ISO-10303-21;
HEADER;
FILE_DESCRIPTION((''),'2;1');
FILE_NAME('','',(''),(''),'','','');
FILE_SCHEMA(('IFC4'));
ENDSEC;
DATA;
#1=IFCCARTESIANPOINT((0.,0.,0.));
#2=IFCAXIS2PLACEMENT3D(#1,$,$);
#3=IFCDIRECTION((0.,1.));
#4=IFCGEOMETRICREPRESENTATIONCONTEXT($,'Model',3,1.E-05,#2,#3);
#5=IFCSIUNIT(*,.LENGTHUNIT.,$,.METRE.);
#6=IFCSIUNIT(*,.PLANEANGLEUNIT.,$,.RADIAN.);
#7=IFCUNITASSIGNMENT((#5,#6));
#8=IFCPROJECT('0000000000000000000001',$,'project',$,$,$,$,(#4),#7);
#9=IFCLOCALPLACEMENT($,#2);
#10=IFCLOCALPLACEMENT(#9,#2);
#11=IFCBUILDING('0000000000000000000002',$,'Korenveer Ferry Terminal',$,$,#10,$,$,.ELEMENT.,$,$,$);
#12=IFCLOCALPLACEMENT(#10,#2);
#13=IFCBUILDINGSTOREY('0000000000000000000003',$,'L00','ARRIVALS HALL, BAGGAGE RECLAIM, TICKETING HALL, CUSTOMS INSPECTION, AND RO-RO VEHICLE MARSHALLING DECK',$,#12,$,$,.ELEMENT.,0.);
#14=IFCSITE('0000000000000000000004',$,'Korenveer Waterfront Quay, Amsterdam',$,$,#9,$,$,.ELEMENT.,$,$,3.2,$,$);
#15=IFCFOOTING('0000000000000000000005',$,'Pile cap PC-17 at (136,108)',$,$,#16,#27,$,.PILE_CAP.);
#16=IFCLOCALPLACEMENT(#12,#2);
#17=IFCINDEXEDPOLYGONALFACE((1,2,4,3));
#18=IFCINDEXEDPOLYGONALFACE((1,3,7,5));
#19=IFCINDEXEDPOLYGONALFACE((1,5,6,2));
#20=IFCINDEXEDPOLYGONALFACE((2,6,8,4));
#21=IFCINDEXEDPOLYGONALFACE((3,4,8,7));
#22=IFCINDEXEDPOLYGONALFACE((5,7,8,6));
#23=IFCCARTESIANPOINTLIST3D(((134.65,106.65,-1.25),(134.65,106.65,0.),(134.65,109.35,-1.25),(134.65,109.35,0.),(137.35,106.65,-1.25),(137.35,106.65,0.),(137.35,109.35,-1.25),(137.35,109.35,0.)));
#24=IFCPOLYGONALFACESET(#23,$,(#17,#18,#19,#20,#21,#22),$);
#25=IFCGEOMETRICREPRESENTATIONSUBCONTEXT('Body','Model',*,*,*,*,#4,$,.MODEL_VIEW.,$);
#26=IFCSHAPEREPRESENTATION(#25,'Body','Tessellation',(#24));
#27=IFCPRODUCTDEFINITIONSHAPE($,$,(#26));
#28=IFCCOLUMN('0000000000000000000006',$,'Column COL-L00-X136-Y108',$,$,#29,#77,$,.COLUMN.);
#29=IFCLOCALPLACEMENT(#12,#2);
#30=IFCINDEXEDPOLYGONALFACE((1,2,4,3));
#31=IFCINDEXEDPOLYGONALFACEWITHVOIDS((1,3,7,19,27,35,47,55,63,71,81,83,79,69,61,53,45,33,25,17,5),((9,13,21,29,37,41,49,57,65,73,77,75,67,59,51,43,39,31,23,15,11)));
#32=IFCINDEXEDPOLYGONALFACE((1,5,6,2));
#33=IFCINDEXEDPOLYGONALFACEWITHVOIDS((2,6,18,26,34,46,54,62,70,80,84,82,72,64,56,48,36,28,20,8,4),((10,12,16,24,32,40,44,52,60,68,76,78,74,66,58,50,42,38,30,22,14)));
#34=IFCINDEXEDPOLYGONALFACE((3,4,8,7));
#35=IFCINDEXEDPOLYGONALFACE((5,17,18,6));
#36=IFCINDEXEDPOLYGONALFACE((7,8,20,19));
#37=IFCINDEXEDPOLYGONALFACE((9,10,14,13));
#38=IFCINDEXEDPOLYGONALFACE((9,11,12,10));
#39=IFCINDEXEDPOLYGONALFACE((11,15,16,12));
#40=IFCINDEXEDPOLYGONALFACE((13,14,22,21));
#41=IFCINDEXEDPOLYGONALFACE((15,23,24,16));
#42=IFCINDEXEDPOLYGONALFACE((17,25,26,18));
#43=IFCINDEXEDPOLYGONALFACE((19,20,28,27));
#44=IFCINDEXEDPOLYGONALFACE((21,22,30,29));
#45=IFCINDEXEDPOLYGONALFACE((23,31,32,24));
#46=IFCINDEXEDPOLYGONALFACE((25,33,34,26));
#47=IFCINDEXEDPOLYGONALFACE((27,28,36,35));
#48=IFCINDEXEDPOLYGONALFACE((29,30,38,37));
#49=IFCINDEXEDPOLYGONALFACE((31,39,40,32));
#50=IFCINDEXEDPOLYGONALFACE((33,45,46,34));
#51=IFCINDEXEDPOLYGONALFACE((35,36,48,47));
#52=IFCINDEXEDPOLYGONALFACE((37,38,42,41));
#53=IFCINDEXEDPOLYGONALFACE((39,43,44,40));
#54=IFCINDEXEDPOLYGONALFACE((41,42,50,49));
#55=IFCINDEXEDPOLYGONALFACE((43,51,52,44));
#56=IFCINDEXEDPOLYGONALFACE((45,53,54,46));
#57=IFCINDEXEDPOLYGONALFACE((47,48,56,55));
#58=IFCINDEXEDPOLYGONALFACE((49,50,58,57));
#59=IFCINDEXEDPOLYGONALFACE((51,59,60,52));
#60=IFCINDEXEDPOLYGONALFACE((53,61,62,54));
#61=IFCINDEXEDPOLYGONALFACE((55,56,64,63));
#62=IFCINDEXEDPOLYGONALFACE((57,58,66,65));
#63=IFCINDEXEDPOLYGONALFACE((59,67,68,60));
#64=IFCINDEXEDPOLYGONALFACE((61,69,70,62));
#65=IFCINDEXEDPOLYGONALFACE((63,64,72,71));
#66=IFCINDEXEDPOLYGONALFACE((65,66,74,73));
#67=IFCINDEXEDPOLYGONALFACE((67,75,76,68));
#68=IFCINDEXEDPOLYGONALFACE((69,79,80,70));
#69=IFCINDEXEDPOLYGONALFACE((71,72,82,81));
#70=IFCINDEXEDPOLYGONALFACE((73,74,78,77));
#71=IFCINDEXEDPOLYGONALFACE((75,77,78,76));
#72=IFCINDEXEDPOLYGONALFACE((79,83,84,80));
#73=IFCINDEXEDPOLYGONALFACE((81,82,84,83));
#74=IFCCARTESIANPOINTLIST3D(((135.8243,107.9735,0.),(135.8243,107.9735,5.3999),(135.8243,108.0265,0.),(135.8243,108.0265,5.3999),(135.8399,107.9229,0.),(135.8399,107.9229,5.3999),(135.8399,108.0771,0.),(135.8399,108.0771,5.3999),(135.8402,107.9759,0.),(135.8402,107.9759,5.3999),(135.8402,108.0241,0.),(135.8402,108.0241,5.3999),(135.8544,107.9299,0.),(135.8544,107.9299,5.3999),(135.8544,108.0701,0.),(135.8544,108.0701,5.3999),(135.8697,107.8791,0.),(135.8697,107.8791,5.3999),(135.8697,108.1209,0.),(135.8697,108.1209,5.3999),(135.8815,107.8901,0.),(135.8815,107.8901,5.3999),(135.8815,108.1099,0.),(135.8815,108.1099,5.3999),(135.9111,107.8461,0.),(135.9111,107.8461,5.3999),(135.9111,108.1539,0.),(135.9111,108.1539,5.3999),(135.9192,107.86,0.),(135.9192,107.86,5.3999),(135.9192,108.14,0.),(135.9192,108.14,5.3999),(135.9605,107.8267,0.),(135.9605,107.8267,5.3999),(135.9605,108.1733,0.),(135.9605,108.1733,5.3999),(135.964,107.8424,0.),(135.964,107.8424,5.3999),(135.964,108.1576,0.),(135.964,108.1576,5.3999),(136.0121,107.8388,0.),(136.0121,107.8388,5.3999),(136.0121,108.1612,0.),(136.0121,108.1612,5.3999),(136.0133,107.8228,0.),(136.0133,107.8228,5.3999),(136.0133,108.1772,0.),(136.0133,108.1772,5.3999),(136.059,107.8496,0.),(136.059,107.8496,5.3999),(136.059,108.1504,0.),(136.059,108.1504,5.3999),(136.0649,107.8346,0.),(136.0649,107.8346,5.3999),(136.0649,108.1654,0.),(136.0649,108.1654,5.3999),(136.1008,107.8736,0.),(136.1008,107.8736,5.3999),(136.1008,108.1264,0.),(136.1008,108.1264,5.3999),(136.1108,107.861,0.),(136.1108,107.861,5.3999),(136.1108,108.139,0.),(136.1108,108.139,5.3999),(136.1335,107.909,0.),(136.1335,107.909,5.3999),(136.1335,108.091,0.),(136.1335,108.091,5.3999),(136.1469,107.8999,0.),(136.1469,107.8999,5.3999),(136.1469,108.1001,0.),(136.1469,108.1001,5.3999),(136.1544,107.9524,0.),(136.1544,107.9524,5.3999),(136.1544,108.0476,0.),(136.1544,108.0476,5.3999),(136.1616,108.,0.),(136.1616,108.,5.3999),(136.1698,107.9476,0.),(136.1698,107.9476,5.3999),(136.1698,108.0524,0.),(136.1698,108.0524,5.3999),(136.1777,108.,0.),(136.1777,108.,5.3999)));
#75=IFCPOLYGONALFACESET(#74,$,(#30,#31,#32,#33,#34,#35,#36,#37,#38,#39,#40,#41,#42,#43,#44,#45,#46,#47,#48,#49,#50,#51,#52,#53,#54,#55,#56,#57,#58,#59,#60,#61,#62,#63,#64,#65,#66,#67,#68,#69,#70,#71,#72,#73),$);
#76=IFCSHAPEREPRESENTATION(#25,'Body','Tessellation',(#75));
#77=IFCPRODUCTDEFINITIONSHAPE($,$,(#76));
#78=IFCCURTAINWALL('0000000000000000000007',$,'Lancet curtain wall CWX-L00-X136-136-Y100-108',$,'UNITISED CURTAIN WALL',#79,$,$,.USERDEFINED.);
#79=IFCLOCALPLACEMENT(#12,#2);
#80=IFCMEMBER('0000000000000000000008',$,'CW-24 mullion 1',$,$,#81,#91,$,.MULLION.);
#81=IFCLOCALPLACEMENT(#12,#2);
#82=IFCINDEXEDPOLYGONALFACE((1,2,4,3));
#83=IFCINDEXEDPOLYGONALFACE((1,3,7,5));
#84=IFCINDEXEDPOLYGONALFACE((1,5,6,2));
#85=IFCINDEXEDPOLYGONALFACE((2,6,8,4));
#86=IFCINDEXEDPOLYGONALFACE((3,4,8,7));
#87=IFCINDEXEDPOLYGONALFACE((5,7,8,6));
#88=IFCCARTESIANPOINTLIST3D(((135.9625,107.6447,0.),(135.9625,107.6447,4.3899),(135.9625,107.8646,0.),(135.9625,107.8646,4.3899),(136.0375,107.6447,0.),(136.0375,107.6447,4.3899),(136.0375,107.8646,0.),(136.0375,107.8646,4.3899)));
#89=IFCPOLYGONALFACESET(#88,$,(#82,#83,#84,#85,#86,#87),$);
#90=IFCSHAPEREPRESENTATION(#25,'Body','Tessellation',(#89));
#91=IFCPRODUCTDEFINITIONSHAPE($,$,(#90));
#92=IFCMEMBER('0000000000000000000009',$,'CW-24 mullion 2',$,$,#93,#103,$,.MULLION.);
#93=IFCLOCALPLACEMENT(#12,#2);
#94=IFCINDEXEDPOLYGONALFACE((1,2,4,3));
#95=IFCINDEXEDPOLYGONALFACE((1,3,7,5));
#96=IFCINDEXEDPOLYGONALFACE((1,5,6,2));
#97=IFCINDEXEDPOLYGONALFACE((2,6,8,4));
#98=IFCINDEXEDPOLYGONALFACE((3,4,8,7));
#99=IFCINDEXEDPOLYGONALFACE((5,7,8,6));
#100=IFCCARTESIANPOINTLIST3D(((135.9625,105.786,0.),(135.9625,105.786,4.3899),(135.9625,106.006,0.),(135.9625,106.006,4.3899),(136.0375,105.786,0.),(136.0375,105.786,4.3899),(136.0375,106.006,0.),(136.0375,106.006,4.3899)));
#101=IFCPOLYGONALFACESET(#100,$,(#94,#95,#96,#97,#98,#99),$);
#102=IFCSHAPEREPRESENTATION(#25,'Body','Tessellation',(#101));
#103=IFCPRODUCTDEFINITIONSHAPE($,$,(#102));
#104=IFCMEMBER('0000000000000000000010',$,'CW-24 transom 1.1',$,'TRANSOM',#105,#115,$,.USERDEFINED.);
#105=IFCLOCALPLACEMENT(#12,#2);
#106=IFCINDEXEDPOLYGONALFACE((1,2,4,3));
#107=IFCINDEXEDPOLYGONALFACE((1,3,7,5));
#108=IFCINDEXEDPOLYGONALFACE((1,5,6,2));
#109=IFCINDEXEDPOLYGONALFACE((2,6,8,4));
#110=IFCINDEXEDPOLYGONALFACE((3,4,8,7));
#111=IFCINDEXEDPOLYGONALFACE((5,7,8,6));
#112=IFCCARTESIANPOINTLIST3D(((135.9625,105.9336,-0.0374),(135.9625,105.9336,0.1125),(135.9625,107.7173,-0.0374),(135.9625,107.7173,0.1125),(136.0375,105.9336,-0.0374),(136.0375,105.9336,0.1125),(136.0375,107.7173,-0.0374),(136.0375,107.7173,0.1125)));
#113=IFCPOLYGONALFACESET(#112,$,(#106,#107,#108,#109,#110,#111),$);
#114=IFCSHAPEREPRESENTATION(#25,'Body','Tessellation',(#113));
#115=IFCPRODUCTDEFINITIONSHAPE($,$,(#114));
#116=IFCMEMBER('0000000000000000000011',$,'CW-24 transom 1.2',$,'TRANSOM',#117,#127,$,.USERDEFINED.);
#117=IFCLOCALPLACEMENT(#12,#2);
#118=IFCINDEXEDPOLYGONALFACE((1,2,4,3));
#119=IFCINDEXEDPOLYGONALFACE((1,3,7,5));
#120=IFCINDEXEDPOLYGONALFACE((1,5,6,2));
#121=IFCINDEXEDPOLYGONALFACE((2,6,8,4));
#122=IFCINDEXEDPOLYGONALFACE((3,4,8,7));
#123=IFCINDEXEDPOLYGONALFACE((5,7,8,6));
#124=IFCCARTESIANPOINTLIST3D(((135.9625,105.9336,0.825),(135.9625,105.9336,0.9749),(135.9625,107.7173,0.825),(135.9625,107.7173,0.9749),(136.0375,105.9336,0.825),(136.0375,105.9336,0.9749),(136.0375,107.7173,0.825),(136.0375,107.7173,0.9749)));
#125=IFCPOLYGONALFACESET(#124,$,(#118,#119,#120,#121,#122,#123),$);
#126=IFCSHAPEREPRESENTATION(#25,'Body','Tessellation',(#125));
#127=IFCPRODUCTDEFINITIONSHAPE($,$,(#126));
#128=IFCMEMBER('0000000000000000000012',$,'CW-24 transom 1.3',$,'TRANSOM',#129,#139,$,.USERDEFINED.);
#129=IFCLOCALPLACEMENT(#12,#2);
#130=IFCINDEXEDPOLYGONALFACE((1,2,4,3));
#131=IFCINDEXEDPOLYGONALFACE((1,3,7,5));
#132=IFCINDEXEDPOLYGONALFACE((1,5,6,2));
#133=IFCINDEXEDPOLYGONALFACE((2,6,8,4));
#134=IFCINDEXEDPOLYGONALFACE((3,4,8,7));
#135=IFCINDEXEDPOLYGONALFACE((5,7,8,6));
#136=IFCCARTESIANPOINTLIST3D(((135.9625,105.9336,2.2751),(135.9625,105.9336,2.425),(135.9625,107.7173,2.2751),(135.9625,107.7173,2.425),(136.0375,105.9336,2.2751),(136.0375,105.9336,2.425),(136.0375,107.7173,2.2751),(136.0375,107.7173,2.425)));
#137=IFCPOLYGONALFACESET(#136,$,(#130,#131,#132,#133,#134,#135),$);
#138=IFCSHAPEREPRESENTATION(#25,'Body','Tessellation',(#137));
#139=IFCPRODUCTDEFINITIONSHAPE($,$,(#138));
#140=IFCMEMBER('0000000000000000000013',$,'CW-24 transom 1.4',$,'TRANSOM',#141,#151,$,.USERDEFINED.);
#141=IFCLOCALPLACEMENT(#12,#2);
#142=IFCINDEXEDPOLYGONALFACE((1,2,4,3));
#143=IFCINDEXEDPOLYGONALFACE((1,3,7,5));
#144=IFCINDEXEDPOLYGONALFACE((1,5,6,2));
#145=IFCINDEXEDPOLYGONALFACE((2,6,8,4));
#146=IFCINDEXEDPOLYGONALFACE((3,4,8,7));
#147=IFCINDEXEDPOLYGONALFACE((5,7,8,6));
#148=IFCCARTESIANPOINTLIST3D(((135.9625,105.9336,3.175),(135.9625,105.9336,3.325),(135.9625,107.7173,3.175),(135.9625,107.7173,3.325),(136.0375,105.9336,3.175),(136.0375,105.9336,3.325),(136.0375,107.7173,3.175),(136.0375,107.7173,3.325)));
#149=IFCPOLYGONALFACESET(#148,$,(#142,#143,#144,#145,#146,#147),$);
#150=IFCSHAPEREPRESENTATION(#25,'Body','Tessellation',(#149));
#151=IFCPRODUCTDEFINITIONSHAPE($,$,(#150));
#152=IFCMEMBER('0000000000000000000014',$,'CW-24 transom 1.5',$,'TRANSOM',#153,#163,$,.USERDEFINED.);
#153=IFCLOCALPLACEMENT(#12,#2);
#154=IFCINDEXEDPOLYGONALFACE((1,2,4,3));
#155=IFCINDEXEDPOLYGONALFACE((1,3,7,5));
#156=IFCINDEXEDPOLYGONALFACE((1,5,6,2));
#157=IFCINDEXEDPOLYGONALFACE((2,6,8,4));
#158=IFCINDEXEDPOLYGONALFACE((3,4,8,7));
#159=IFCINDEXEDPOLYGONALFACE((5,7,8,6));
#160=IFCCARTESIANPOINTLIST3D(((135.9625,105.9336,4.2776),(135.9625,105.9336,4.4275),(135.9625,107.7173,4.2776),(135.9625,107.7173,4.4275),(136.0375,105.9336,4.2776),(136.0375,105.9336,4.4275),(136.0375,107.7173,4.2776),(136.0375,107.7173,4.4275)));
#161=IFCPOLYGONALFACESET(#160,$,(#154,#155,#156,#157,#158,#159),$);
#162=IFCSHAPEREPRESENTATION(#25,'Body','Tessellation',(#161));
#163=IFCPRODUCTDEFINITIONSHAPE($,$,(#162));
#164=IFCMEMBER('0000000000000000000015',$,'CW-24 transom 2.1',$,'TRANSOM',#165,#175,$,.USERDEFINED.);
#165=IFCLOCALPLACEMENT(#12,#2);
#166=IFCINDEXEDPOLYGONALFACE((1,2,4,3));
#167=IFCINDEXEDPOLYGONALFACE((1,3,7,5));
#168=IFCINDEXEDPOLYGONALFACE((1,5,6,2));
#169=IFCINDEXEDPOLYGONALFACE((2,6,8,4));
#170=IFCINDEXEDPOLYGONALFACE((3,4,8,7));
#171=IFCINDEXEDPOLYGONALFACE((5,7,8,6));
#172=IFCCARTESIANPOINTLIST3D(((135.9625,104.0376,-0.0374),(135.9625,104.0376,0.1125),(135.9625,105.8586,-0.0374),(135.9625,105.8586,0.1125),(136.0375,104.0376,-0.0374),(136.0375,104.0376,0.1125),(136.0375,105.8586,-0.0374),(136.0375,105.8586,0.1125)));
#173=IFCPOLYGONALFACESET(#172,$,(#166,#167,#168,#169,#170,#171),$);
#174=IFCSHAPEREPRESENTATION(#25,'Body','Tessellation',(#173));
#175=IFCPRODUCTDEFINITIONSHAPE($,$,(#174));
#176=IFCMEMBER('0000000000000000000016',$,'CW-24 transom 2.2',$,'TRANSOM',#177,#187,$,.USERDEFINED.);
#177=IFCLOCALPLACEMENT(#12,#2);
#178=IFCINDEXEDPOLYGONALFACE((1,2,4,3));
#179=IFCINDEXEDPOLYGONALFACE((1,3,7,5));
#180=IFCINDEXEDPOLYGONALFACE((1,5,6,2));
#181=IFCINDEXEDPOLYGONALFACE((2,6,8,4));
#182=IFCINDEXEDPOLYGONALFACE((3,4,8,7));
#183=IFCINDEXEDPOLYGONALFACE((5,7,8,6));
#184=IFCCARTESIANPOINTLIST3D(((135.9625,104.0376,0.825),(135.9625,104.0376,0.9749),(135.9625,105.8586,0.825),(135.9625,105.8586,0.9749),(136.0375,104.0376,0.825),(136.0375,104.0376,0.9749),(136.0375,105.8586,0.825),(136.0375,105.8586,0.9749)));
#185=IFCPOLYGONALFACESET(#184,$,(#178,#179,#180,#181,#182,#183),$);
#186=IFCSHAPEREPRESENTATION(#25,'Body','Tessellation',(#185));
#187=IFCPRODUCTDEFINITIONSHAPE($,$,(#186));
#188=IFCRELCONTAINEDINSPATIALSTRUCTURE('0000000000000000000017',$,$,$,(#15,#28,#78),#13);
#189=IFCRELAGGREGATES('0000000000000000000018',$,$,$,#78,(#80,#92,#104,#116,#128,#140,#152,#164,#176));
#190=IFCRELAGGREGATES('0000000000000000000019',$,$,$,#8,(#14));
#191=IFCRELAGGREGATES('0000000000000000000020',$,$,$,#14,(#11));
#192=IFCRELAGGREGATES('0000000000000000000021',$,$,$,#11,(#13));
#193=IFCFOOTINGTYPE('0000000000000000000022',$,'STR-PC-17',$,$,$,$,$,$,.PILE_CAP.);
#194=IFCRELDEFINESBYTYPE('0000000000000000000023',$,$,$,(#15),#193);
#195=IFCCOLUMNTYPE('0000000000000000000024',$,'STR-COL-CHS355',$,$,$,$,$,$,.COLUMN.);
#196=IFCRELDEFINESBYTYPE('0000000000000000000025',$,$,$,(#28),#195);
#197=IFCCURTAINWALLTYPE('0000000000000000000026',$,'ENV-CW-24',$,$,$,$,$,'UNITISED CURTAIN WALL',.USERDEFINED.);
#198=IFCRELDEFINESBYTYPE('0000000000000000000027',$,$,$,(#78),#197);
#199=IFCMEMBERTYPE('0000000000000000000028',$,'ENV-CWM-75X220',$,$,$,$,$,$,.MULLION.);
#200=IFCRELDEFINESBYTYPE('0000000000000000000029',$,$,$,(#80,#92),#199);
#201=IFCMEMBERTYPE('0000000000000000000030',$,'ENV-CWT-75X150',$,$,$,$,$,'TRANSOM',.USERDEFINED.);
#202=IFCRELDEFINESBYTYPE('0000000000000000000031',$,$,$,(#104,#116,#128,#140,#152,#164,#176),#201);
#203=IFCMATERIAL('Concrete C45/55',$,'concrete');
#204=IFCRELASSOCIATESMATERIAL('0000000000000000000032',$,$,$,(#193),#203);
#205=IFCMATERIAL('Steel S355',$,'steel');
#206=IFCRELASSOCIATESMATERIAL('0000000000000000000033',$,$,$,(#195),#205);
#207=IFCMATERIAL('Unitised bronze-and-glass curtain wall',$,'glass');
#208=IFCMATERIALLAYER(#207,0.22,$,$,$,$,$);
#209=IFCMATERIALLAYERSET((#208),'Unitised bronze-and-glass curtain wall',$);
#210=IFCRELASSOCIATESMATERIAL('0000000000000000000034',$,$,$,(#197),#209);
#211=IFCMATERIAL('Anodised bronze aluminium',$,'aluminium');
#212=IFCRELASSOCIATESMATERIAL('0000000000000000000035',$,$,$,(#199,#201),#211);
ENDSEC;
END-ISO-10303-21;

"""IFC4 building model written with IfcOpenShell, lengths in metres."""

from ifc_helpers import new_model, si_unit, direction, frame, origin, origin_2d, place, context, subcontext, project, spatial, rectangle, hollow_circle, extrude, material, layer, layer_set, material_profile, profile_set, type_object, element, aggregate, save


model = new_model("IFC4")

# Units and contexts
model_context = context("Model", 3, precision=1e-05, world=origin(), true_north=direction((0.0, 1.0)))
body_context = subcontext(model_context, "Body", "Model", "MODEL_VIEW")
ifc_project = project(units=[si_unit("LENGTHUNIT", "METRE"), si_unit("PLANEANGLEUNIT", "RADIAN")], contexts=[model_context])

# Site, building, storey
site_placement = place(None, origin())
site = spatial("IfcSite", under=ifc_project, at=site_placement, Name="Korenveer Waterfront Quay, Amsterdam", CompositionType="ELEMENT", RefElevation=3.2)
building_placement = place(site_placement, origin())
building = spatial("IfcBuilding", under=site, at=building_placement, Name="Korenveer Ferry Terminal", CompositionType="ELEMENT")
storey_placement = place(building_placement, origin())
storey = spatial("IfcBuildingStorey", under=building, at=storey_placement, Name="L00", Description="ARRIVALS HALL, BAGGAGE RECLAIM, TICKETING HALL, CUSTOMS INSPECTION, AND RO-RO VEHICLE MARSHALLING DECK", CompositionType="ELEMENT", Elevation=0.0)

# Footing
ifc_material_1 = material(Name="Concrete C45/55", Category="concrete")
footing_type = type_object("IfcFootingType", Name="STR-PC-17", PredefinedType="PILE_CAP", material=ifc_material_1)
footing_placement = place(storey_placement, frame((136.0, 108.0, -1.25), z_axis=(0.0, 0.0, 1.0), x_axis=(1.0, 0.0, 0.0)))
element("IfcFooting", 1, at=footing_placement, inside=storey, type_object=footing_type, Name="Pile cap PC-17 at (136,108)", PredefinedType="PILE_CAP", context=body_context, shape_type="SweptSolid", body=[
    extrude(rectangle(XDim=2.7, YDim=2.7, at=origin_2d()), origin(), (0.0, 0.0, 1.0), 1.25),
])

# Column
ifc_material_2 = material(Name="Steel S355", Category="steel")
ifc_material_profile_1 = material_profile(ifc_material_2, hollow_circle(Radius=0.1777, WallThickness=0.0161, at=origin_2d()), Name="CHS 355.6x16")
ifc_profile_set_1 = profile_set([ifc_material_profile_1], Name="Steel S355")
column_type = type_object("IfcColumnType", Name="STR-COL-CHS355", PredefinedType="COLUMN", material=ifc_profile_set_1)
column_placement = place(storey_placement, frame((136.0, 108.0, 0.0), z_axis=(0.0, 0.0, 1.0), x_axis=(1.0, 0.0, 0.0)))
element("IfcColumn", 2, at=column_placement, inside=storey, type_object=column_type, Name="Column COL-L00-X136-Y108", PredefinedType="COLUMN", context=body_context, shape_type="SweptSolid", body=[
    extrude(hollow_circle(Radius=0.1777, WallThickness=0.0161, at=origin_2d()), origin(), (0.0, 0.0, 1.0), 5.3999),
])

# Curtain wall, members
ifc_material_3 = material(Name="Unitised bronze-and-glass curtain wall", Category="glass")
ifc_layer_1 = layer(ifc_material_3, 0.22)
ifc_layer_set_1 = layer_set([ifc_layer_1], Name="Unitised bronze-and-glass curtain wall")
curtain_wall_type = type_object("IfcCurtainWallType", Name="ENV-CW-24", ElementType="UNITISED CURTAIN WALL", PredefinedType="USERDEFINED", material=ifc_layer_set_1)
curtain_wall_placement = place(storey_placement, frame((136.0, 107.7922, 0.0)))
curtain_wall = element("IfcCurtainWall", 3, at=curtain_wall_placement, inside=storey, type_object=curtain_wall_type, Name="Lancet curtain wall CWX-L00-X136-136-Y100-108", ObjectType="UNITISED CURTAIN WALL", PredefinedType="USERDEFINED")
ifc_material_4 = material(Name="Anodised bronze aluminium", Category="aluminium")
ifc_material_profile_2 = material_profile(ifc_material_4, rectangle(XDim=0.075, YDim=0.22, at=origin_2d()), Name="ALU 75x220")
ifc_profile_set_2 = profile_set([ifc_material_profile_2], Name="Anodised bronze aluminium")
member_type_1 = type_object("IfcMemberType", Name="ENV-CWM-75X220", PredefinedType="MULLION", material=ifc_profile_set_2)
member_1_placement = place(storey_placement, frame((136.0, 107.7546, 0.0), z_axis=(0.0, 0.0, 1.0), x_axis=(1.0, 0.0, 0.0)))
member_1 = element("IfcMember", 4, at=member_1_placement, type_object=member_type_1, Name="CW-24 mullion 1", PredefinedType="MULLION", context=body_context, shape_type="SweptSolid", body=[
    extrude(rectangle(XDim=0.075, YDim=0.22, at=origin_2d()), origin(), (0.0, 0.0, 1.0), 4.3899),
])
member_2_placement = place(storey_placement, frame((136.0, 105.896, 0.0), z_axis=(0.0, 0.0, 1.0), x_axis=(1.0, 0.0, 0.0)))
member_2 = element("IfcMember", 5, at=member_2_placement, type_object=member_type_1, Name="CW-24 mullion 2", PredefinedType="MULLION", context=body_context, shape_type="SweptSolid", body=[
    extrude(rectangle(XDim=0.075, YDim=0.22, at=origin_2d()), origin(), (0.0, 0.0, 1.0), 4.3899),
])
ifc_material_profile_3 = material_profile(ifc_material_4, rectangle(XDim=0.075, YDim=0.1499, at=origin_2d()), Name="ALU 75x150")
ifc_profile_set_3 = profile_set([ifc_material_profile_3], Name="Anodised bronze aluminium")
member_type_2 = type_object("IfcMemberType", Name="ENV-CWT-75X150", ElementType="TRANSOM", PredefinedType="USERDEFINED", material=ifc_profile_set_3)
member_3_placement = place(storey_placement, frame((136.0, 107.7173, 0.0376), z_axis=(0.0, -1.0, 0.0), x_axis=(1.0, 0.0, 0.0)))
member_3 = element("IfcMember", 6, at=member_3_placement, type_object=member_type_2, Name="CW-24 transom 1.1", ObjectType="TRANSOM", PredefinedType="USERDEFINED", context=body_context, shape_type="SweptSolid", body=[
    extrude(rectangle(XDim=0.075, YDim=0.1499, at=origin_2d()), origin(), (0.0, 0.0, 1.0), 1.7837),
])
member_4_placement = place(storey_placement, frame((136.0, 107.7173, 0.8999), z_axis=(0.0, -1.0, 0.0), x_axis=(1.0, 0.0, 0.0)))
member_4 = element("IfcMember", 7, at=member_4_placement, type_object=member_type_2, Name="CW-24 transom 1.2", ObjectType="TRANSOM", PredefinedType="USERDEFINED", context=body_context, shape_type="SweptSolid", body=[
    extrude(rectangle(XDim=0.075, YDim=0.1499, at=origin_2d()), origin(), (0.0, 0.0, 1.0), 1.7837),
])
member_5_placement = place(storey_placement, frame((136.0, 107.7173, 2.3501), z_axis=(0.0, -1.0, 0.0), x_axis=(1.0, 0.0, 0.0)))
member_5 = element("IfcMember", 8, at=member_5_placement, type_object=member_type_2, Name="CW-24 transom 1.3", ObjectType="TRANSOM", PredefinedType="USERDEFINED", context=body_context, shape_type="SweptSolid", body=[
    extrude(rectangle(XDim=0.075, YDim=0.1499, at=origin_2d()), origin(), (0.0, 0.0, 1.0), 1.7837),
])
member_6_placement = place(storey_placement, frame((136.0, 107.7173, 3.25), z_axis=(0.0, -1.0, 0.0), x_axis=(1.0, 0.0, 0.0)))
member_6 = element("IfcMember", 9, at=member_6_placement, type_object=member_type_2, Name="CW-24 transom 1.4", ObjectType="TRANSOM", PredefinedType="USERDEFINED", context=body_context, shape_type="SweptSolid", body=[
    extrude(rectangle(XDim=0.075, YDim=0.1499, at=origin_2d()), origin(), (0.0, 0.0, 1.0), 1.7837),
])
member_7_placement = place(storey_placement, frame((136.0, 107.7173, 4.3525), z_axis=(0.0, -1.0, 0.0), x_axis=(1.0, 0.0, 0.0)))
member_7 = element("IfcMember", 10, at=member_7_placement, type_object=member_type_2, Name="CW-24 transom 1.5", ObjectType="TRANSOM", PredefinedType="USERDEFINED", context=body_context, shape_type="SweptSolid", body=[
    extrude(rectangle(XDim=0.075, YDim=0.1499, at=origin_2d()), origin(), (0.0, 0.0, 1.0), 1.7837),
])
member_8_placement = place(storey_placement, frame((136.0, 105.8586, 0.0376), z_axis=(0.0, -1.0, 0.0), x_axis=(1.0, 0.0, 0.0)))
member_8 = element("IfcMember", 11, at=member_8_placement, type_object=member_type_2, Name="CW-24 transom 2.1", ObjectType="TRANSOM", PredefinedType="USERDEFINED", context=body_context, shape_type="SweptSolid", body=[
    extrude(rectangle(XDim=0.075, YDim=0.1499, at=origin_2d()), origin(), (0.0, 0.0, 1.0), 1.821),
])
member_9_placement = place(storey_placement, frame((136.0, 105.8586, 0.8999), z_axis=(0.0, -1.0, 0.0), x_axis=(1.0, 0.0, 0.0)))
member_9 = element("IfcMember", 12, at=member_9_placement, type_object=member_type_2, Name="CW-24 transom 2.2", ObjectType="TRANSOM", PredefinedType="USERDEFINED", context=body_context, shape_type="SweptSolid", body=[
    extrude(rectangle(XDim=0.075, YDim=0.1499, at=origin_2d()), origin(), (0.0, 0.0, 1.0), 1.821),
])
aggregate(curtain_wall, [member_1, member_2, member_3, member_4, member_5, member_6, member_7, member_8, member_9])

save(model, "model.ifc")
